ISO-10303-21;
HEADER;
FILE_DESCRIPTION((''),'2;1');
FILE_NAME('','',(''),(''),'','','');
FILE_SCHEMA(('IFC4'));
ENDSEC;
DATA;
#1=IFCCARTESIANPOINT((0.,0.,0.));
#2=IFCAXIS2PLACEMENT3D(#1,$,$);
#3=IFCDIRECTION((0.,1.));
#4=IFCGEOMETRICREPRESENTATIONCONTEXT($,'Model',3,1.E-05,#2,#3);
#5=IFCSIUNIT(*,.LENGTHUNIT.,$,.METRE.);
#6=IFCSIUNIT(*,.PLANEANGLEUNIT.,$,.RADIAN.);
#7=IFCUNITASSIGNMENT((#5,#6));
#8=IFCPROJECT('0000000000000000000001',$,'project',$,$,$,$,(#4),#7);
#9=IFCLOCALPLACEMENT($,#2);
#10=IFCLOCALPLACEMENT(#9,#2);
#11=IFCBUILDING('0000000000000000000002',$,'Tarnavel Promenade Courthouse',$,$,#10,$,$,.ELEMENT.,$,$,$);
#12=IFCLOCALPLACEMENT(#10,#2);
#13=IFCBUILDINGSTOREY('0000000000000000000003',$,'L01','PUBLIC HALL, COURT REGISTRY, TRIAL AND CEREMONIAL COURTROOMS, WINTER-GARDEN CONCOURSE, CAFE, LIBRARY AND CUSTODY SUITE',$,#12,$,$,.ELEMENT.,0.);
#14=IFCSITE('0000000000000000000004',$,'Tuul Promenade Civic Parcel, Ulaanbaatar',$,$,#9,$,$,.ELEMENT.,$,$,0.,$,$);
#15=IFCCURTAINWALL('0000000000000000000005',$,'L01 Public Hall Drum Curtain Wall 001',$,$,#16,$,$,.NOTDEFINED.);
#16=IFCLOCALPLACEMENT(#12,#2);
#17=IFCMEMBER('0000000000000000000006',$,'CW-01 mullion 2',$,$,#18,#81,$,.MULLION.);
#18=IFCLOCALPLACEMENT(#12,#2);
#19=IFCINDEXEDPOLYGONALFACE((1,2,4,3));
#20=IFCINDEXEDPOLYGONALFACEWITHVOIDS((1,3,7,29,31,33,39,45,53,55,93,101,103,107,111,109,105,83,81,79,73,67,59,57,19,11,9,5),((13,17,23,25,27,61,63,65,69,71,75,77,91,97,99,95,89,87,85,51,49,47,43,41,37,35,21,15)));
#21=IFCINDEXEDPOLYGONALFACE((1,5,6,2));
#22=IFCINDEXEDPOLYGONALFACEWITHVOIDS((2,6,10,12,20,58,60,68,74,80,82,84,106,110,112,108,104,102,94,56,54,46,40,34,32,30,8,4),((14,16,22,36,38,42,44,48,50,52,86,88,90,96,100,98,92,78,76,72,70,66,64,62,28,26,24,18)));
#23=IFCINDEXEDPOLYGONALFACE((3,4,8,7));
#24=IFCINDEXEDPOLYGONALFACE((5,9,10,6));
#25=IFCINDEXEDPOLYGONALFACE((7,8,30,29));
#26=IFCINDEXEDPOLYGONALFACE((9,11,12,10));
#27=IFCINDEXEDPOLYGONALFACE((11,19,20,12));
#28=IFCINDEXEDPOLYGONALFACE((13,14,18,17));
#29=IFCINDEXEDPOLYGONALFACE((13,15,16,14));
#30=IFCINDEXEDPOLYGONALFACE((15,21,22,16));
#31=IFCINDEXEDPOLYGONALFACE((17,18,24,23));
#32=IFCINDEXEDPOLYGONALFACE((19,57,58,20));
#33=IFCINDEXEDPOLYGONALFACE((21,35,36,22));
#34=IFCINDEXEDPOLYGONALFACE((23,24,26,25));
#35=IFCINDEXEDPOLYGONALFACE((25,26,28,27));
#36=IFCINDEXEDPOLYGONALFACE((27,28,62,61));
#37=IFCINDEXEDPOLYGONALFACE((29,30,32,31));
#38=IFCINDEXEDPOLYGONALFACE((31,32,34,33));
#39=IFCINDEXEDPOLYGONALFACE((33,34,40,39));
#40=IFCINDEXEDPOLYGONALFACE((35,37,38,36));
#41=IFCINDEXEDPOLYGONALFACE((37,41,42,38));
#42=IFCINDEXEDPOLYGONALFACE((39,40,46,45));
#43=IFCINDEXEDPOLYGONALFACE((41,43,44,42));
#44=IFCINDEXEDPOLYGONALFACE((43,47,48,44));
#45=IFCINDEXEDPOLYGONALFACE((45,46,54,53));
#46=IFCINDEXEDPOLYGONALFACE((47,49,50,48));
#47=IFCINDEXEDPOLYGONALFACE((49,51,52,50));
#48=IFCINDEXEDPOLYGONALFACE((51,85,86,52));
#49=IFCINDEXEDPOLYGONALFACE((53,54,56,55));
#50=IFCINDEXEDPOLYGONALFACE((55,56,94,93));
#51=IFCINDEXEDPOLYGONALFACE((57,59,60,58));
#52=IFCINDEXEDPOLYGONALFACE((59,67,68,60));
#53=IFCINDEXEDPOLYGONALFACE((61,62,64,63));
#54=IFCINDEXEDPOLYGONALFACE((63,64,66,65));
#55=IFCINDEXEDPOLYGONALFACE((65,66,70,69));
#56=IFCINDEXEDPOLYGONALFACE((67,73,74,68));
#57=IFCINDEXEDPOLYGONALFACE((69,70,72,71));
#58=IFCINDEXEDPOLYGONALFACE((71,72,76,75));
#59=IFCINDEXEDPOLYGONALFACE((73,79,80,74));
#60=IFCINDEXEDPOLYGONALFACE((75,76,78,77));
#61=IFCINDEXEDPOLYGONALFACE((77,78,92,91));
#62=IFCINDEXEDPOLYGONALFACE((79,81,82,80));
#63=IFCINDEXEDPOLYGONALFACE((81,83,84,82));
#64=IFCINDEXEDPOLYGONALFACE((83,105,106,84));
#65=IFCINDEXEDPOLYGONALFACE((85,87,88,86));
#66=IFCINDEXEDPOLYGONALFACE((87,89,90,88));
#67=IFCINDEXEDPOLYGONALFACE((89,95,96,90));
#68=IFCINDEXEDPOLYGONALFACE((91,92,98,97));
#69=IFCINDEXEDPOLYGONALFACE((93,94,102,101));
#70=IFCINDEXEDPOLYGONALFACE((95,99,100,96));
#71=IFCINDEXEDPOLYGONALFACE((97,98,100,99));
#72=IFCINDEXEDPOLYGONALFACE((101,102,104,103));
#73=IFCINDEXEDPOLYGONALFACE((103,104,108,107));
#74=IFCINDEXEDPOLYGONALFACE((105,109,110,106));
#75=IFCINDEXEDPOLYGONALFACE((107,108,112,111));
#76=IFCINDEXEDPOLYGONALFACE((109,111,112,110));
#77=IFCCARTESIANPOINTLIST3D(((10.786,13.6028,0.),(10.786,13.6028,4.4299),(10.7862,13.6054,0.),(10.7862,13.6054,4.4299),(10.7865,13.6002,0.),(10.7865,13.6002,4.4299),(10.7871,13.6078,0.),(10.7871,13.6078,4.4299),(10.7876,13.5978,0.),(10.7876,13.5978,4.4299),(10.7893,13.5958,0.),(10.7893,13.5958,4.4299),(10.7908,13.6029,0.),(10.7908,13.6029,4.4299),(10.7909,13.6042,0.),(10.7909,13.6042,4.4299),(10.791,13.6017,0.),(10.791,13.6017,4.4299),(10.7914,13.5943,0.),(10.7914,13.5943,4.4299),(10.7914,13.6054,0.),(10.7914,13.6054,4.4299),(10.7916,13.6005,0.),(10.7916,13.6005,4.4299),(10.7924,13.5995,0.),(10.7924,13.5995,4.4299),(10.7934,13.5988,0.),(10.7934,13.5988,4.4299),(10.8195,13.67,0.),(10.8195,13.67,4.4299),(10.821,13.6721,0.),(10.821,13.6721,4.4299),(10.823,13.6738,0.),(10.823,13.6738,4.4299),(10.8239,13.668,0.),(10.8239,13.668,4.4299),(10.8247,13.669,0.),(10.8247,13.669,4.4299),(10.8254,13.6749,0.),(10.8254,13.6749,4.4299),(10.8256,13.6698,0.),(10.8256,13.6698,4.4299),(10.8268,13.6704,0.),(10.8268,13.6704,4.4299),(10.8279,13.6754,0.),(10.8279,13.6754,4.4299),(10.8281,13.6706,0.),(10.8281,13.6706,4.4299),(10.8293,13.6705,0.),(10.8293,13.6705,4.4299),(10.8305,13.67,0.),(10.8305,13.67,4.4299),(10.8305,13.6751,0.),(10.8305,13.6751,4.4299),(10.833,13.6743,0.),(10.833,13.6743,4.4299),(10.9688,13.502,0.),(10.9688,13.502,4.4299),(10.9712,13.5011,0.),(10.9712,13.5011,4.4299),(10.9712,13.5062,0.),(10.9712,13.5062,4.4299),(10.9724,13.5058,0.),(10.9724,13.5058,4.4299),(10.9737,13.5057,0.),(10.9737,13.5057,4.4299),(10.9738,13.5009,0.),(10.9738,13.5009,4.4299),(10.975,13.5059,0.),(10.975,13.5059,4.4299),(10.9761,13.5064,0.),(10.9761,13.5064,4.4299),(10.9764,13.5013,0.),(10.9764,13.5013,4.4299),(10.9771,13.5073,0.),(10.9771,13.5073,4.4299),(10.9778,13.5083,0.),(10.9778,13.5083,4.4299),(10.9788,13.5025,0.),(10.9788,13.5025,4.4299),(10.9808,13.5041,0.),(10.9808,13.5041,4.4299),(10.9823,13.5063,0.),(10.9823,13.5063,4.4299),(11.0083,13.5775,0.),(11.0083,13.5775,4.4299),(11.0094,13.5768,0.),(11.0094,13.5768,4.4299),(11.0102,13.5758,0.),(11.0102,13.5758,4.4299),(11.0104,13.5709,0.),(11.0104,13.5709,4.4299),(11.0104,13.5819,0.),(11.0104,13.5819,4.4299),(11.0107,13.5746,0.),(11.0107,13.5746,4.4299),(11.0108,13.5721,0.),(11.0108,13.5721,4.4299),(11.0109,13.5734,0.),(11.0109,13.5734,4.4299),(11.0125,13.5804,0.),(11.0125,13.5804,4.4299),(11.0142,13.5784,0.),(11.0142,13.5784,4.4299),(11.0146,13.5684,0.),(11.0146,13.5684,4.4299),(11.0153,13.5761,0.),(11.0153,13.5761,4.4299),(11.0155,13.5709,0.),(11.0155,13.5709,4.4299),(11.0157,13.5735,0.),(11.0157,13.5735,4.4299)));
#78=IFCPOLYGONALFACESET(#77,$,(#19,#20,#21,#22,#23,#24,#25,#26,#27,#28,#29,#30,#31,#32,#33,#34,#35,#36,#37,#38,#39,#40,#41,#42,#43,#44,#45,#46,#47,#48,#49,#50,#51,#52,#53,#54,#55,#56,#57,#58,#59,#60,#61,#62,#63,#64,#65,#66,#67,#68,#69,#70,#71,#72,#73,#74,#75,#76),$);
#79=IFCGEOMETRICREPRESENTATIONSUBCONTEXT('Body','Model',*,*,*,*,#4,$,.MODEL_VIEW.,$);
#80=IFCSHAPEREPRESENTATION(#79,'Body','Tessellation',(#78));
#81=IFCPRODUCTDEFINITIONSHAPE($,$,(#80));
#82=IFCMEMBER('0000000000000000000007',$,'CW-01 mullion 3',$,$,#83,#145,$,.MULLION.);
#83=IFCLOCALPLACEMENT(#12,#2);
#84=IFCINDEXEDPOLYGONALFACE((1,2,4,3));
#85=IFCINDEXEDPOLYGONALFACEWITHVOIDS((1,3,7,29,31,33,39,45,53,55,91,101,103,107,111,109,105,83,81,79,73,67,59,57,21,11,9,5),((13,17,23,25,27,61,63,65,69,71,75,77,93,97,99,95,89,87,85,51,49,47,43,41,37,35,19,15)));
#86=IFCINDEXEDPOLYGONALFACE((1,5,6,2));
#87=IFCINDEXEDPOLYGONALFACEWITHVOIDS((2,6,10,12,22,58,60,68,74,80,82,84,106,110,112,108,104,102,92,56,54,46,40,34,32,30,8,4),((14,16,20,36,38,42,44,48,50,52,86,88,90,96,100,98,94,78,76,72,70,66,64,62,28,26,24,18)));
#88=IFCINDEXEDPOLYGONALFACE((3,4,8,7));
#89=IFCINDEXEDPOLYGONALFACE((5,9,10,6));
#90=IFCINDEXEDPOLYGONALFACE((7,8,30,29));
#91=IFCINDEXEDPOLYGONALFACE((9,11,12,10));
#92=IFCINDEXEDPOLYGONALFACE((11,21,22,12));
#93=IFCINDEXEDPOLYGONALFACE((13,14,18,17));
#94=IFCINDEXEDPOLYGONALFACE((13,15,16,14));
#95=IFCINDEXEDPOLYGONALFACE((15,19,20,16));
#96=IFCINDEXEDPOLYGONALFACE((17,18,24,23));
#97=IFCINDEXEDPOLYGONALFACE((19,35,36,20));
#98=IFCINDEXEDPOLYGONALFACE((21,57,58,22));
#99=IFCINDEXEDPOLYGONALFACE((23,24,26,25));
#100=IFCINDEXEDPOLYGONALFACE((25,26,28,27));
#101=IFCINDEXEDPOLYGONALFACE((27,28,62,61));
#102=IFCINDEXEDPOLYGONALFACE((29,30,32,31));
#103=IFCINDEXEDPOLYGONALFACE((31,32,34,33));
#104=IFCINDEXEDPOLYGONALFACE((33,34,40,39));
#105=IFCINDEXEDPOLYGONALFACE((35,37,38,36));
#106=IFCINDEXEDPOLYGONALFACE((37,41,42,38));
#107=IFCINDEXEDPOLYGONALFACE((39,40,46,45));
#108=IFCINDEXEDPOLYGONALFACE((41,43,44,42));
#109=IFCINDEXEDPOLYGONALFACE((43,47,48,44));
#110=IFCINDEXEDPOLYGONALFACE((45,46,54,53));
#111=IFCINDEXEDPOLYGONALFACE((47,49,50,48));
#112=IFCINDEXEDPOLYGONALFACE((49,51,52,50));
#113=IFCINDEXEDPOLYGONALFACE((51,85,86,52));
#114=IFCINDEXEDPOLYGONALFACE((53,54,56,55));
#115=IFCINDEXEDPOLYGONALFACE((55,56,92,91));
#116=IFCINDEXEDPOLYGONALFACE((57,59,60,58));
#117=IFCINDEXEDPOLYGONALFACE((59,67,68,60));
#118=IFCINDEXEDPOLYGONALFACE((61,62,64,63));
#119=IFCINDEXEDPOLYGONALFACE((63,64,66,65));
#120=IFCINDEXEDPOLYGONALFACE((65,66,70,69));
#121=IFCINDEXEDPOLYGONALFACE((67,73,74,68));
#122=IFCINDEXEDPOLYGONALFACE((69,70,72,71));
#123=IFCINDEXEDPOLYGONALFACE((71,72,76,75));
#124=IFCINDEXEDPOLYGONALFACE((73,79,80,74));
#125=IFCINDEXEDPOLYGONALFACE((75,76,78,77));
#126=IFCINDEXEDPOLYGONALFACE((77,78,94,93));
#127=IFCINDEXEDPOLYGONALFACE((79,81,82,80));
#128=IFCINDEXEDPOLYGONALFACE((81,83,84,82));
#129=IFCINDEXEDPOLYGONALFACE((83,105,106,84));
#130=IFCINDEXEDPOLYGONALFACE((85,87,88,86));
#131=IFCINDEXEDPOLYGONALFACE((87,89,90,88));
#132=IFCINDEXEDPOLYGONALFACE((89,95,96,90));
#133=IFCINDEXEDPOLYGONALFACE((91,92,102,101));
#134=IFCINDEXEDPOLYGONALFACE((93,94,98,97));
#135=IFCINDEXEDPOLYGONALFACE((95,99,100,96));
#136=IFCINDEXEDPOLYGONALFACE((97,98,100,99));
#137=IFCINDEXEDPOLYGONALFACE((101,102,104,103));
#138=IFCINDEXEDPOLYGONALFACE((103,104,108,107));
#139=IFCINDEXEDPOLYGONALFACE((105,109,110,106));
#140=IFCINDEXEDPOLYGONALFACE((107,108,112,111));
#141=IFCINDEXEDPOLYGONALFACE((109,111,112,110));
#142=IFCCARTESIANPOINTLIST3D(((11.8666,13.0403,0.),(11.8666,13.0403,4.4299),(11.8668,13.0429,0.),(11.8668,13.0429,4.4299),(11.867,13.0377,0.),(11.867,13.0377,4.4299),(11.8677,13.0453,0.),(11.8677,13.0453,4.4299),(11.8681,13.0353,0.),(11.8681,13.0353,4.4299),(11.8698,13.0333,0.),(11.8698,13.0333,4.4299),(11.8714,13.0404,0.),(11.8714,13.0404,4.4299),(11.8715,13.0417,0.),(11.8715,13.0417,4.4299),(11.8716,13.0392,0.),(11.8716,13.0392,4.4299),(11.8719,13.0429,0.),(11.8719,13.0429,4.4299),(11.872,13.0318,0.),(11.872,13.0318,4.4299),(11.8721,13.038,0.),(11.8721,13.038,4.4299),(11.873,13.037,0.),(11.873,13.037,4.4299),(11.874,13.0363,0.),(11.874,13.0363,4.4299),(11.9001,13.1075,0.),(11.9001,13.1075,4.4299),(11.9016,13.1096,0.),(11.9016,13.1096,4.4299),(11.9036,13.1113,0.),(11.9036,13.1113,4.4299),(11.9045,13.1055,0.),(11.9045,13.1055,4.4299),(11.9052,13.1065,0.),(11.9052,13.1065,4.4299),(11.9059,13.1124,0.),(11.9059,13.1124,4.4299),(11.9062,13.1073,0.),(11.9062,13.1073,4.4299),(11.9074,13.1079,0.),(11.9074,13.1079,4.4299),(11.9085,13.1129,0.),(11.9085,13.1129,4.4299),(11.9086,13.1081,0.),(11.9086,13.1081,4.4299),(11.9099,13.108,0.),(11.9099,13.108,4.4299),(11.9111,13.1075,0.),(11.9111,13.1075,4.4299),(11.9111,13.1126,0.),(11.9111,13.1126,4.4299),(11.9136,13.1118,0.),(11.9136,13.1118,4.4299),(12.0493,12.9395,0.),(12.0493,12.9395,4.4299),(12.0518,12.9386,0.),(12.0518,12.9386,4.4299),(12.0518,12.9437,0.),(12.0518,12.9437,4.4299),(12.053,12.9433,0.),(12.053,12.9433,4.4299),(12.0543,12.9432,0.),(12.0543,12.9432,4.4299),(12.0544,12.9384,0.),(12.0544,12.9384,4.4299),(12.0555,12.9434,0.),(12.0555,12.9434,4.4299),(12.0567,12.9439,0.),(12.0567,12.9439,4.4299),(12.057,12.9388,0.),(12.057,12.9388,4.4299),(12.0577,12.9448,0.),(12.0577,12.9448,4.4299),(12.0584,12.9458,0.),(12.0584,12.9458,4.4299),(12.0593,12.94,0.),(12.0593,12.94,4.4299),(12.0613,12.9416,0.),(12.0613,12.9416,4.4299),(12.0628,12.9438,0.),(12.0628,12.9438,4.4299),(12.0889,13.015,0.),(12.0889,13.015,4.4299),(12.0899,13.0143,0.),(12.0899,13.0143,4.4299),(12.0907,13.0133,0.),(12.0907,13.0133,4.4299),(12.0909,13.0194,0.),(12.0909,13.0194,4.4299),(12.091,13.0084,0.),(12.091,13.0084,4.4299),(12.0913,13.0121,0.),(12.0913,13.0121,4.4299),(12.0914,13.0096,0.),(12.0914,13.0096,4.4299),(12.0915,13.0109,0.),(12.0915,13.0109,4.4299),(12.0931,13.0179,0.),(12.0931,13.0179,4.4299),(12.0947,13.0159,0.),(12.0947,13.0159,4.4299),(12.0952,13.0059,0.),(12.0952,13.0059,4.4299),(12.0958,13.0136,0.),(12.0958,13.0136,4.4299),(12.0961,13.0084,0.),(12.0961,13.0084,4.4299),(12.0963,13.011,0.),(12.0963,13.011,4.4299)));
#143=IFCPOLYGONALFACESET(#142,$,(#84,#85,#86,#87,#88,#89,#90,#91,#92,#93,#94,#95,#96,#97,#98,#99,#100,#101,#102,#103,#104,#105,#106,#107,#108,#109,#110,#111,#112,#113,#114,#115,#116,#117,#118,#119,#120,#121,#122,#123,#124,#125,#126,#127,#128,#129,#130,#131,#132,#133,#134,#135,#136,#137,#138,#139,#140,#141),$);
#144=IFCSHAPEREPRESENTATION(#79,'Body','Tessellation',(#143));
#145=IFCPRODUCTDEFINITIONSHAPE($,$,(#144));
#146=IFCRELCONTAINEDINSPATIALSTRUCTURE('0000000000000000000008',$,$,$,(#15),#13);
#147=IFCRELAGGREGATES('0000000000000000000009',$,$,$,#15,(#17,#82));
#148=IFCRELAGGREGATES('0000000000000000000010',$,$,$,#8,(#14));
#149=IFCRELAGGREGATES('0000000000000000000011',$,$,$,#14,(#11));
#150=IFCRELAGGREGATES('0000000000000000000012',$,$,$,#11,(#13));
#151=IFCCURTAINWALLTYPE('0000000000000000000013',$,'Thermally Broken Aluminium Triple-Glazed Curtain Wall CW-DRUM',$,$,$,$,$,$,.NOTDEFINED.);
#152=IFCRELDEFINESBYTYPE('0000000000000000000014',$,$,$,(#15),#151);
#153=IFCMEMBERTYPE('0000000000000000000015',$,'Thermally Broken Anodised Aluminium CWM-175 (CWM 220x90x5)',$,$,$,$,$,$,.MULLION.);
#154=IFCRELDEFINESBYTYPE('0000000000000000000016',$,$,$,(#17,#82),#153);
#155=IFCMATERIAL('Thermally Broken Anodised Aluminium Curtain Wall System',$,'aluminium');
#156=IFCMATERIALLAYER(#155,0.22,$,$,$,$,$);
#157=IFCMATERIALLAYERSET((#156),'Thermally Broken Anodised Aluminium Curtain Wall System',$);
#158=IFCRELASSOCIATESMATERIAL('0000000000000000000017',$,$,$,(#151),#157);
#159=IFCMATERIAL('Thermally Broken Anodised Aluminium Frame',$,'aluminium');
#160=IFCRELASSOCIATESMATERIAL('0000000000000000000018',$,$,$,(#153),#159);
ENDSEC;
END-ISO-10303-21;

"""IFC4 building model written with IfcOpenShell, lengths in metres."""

from ifc_helpers import new_model, si_unit, direction, frame, origin, origin_2d, place, context, subcontext, project, spatial, hollow_rectangle, extrude, material, layer, layer_set, material_profile, profile_set, type_object, element, aggregate, save


model = new_model("IFC4")

# Units and contexts
model_context = context("Model", 3, precision=1e-05, world=origin(), true_north=direction((0.0, 1.0)))
body_context = subcontext(model_context, "Body", "Model", "MODEL_VIEW")
ifc_project = project(units=[si_unit("LENGTHUNIT", "METRE"), si_unit("PLANEANGLEUNIT", "RADIAN")], contexts=[model_context])

# Site, building, storey
site_placement = place(None, origin())
site = spatial("IfcSite", under=ifc_project, at=site_placement, Name="Tuul Promenade Civic Parcel, Ulaanbaatar", CompositionType="ELEMENT", RefElevation=0.0)
building_placement = place(site_placement, origin())
building = spatial("IfcBuilding", under=site, at=building_placement, Name="Tarnavel Promenade Courthouse", CompositionType="ELEMENT")
storey_placement = place(building_placement, origin())
storey = spatial("IfcBuildingStorey", under=building, at=storey_placement, Name="L01", Description="PUBLIC HALL, COURT REGISTRY, TRIAL AND CEREMONIAL COURTROOMS, WINTER-GARDEN CONCOURSE, CAFE, LIBRARY AND CUSTODY SUITE", CompositionType="ELEMENT", Elevation=0.0)

# Curtain wall, members
ifc_material_1 = material(Name="Thermally Broken Anodised Aluminium Curtain Wall System", Category="aluminium")
ifc_layer_1 = layer(ifc_material_1, 0.22)
ifc_layer_set_1 = layer_set([ifc_layer_1], Name="Thermally Broken Anodised Aluminium Curtain Wall System")
curtain_wall_type = type_object("IfcCurtainWallType", Name="Thermally Broken Aluminium Triple-Glazed Curtain Wall CW-DRUM", PredefinedType="NOTDEFINED", material=ifc_layer_set_1)
curtain_wall_1_placement = place(storey_placement, origin())
curtain_wall_1 = element("IfcCurtainWall", 1, at=curtain_wall_1_placement, inside=storey, type_object=curtain_wall_type, Name="L01 Public Hall Drum Curtain Wall 001", PredefinedType="NOTDEFINED")
ifc_material_2 = material(Name="Thermally Broken Anodised Aluminium Frame", Category="aluminium")
ifc_material_profile_1 = material_profile(ifc_material_2, hollow_rectangle(XDim=0.0901, YDim=0.22, WallThickness=0.0049, InnerFilletRadius=0.0049, OuterFilletRadius=0.01, at=origin_2d()), Name="CWM 220x90x5")
ifc_profile_set_1 = profile_set([ifc_material_profile_1], Name="Thermally Broken Anodised Aluminium Frame")
member_type_1 = type_object("IfcMemberType", Name="Thermally Broken Anodised Aluminium CWM-175 (CWM 220x90x5)", PredefinedType="MULLION", material=ifc_profile_set_1)
member_1_placement = place(storey_placement, frame((10.9009, 13.5881, 0.0), z_axis=(0.0, 0.0, 1.0), x_axis=(0.461748, 0.887011, 0.0)))
member_1 = element("IfcMember", 2, at=member_1_placement, type_object=member_type_1, Name="CW-01 mullion 2", PredefinedType="MULLION", context=body_context, shape_type="SweptSolid", body=[
    extrude(hollow_rectangle(XDim=0.0901, YDim=0.22, WallThickness=0.0049, InnerFilletRadius=0.0049, OuterFilletRadius=0.01, at=origin_2d()), origin(), (0.0, 0.0, 1.0), 4.4299),
])
member_2_placement = place(storey_placement, frame((11.9814, 13.0256, 0.0), z_axis=(0.0, 0.0, 1.0), x_axis=(0.461748, 0.887011, 0.0)))
member_2 = element("IfcMember", 3, at=member_2_placement, type_object=member_type_1, Name="CW-01 mullion 3", PredefinedType="MULLION", context=body_context, shape_type="SweptSolid", body=[
    extrude(hollow_rectangle(XDim=0.0901, YDim=0.22, WallThickness=0.0049, InnerFilletRadius=0.0049, OuterFilletRadius=0.01, at=origin_2d()), origin(), (0.0, 0.0, 1.0), 4.4299),
])

aggregate(curtain_wall_1, [member_1, member_2])

save(model, "model.ifc")
